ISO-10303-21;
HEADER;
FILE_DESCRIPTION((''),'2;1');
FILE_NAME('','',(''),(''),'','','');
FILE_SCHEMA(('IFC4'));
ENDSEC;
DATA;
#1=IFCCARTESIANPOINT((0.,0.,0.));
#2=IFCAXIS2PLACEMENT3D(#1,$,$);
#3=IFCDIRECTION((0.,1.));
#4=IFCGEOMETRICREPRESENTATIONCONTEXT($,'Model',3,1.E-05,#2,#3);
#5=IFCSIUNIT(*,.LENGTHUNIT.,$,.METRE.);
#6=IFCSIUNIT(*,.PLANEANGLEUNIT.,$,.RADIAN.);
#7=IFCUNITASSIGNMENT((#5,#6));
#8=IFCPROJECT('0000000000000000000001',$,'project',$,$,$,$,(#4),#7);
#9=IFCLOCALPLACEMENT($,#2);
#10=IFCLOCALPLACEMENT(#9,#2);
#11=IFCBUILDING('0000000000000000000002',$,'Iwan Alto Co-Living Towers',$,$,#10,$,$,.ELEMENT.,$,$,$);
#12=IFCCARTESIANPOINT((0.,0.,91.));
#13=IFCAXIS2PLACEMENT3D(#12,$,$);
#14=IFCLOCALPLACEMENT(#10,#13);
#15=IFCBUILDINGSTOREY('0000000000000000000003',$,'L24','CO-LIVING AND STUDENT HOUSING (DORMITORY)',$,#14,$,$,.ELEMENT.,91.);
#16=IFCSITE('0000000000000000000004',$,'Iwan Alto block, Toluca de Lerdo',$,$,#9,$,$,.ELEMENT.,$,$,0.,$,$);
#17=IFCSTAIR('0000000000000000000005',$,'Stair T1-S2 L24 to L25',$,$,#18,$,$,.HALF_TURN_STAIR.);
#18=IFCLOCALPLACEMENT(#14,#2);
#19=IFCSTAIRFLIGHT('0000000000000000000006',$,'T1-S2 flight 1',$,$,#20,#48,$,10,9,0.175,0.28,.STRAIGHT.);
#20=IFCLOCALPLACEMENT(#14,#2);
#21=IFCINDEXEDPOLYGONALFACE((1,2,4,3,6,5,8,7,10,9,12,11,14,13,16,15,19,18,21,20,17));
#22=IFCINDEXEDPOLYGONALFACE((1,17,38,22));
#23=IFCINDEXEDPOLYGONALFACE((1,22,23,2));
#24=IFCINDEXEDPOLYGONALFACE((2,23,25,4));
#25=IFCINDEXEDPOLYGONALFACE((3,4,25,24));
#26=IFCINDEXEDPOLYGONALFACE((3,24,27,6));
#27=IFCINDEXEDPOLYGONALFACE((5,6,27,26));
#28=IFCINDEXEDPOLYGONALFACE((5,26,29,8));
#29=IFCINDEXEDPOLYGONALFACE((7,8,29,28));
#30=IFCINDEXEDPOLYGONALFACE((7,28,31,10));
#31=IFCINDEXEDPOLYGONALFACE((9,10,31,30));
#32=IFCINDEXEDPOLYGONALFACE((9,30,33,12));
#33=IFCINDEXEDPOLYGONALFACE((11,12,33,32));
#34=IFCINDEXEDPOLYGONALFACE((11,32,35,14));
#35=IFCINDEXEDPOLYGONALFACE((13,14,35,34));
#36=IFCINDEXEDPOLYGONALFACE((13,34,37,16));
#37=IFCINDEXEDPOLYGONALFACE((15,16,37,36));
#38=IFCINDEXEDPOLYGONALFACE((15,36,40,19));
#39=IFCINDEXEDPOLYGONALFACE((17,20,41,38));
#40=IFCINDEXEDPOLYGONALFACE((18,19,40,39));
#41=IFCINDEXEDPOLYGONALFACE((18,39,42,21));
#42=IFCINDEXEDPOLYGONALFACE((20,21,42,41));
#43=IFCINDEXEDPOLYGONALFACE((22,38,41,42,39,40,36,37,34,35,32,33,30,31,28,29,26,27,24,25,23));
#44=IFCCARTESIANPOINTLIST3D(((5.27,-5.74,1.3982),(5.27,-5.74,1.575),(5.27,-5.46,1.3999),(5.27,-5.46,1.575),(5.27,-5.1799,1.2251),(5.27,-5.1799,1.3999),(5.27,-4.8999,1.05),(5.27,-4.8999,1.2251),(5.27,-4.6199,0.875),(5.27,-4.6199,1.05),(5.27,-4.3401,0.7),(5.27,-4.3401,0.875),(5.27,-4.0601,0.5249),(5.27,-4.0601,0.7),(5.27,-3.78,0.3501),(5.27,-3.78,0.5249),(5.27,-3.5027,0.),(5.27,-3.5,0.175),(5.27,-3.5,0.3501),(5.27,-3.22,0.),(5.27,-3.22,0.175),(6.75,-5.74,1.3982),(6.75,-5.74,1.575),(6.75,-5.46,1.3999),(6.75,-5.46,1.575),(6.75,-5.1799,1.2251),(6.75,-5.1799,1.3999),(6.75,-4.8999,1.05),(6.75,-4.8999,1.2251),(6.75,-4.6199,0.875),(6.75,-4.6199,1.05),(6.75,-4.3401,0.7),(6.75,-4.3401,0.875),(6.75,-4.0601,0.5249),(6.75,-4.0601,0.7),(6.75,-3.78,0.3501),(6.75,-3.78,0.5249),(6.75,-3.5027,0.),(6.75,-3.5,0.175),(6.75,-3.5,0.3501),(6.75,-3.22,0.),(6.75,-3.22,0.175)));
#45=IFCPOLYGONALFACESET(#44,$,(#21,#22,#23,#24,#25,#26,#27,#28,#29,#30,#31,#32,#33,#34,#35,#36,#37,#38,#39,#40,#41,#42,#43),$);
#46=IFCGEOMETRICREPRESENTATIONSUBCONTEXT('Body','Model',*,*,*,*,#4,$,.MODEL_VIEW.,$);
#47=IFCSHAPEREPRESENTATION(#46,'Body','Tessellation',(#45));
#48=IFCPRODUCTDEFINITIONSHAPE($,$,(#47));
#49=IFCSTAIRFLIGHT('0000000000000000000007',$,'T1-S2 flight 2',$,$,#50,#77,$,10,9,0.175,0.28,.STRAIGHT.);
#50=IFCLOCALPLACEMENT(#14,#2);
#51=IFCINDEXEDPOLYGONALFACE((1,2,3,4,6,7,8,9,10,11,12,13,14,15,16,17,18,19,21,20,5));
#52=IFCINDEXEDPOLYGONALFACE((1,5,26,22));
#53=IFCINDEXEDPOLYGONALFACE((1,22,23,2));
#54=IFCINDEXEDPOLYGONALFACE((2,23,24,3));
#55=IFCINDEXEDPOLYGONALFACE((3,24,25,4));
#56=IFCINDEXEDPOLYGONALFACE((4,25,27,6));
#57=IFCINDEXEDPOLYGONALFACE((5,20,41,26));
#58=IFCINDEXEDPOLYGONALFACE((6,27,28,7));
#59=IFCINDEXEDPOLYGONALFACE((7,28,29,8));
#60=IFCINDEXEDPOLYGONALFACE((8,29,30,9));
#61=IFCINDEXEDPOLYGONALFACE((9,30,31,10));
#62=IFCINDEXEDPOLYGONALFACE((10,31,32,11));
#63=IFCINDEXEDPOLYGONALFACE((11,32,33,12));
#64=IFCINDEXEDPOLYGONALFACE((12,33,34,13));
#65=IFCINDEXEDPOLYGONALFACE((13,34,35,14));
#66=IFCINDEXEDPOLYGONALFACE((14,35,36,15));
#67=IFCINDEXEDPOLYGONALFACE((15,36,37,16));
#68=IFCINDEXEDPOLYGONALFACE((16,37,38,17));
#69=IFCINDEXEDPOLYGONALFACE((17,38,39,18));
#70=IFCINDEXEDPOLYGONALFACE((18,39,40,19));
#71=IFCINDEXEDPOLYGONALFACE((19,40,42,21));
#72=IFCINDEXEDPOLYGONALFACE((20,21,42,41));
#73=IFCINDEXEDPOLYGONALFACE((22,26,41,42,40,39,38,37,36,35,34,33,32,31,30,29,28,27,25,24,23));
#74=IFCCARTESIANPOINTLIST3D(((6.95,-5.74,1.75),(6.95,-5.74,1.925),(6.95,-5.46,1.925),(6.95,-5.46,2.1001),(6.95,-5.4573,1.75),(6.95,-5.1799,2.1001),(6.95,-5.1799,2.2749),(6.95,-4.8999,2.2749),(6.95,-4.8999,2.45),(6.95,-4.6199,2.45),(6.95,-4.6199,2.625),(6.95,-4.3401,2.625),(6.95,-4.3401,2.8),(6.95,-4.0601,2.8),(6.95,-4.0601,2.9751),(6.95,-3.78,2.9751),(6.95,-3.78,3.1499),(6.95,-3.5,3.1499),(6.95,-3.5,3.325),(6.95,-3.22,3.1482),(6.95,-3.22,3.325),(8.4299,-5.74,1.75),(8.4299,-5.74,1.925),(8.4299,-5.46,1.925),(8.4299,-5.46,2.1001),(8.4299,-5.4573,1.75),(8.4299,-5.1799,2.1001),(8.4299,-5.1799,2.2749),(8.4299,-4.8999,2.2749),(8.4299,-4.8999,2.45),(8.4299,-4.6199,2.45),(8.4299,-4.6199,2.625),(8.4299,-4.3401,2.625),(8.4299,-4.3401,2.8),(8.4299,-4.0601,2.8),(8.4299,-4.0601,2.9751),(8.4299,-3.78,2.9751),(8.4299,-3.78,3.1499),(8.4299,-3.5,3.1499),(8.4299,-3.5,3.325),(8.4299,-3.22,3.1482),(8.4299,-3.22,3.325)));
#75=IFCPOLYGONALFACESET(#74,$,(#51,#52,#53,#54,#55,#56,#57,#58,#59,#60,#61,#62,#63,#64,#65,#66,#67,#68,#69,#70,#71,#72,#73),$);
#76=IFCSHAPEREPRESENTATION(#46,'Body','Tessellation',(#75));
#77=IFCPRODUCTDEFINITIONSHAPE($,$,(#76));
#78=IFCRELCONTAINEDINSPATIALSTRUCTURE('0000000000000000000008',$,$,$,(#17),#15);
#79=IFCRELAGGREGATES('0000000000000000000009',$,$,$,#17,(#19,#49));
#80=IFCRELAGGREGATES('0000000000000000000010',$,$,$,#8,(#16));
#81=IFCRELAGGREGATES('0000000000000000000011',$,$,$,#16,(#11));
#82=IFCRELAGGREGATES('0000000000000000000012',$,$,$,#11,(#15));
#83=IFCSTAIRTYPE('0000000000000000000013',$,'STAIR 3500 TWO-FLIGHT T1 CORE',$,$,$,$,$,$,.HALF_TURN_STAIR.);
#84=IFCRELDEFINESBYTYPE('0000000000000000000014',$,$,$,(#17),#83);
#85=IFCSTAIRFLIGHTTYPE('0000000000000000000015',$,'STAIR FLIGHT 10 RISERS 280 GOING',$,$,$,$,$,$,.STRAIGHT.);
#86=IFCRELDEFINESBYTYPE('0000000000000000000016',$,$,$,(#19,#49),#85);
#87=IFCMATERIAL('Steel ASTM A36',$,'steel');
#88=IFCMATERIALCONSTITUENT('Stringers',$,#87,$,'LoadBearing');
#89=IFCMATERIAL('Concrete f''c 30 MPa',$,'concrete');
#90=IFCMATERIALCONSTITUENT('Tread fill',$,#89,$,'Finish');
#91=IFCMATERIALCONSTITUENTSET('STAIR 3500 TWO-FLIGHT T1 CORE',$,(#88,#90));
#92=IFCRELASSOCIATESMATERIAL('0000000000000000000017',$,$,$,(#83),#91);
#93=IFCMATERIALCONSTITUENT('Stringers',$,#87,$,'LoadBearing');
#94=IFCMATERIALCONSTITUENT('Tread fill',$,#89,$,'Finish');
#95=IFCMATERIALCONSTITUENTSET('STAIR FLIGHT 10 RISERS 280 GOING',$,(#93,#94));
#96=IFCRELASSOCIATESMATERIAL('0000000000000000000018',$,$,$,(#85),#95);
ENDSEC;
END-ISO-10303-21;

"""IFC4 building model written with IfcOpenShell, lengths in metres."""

from ifc_helpers import new_model, si_unit, direction, frame, origin, place, context, subcontext, project, spatial, polyline, outline, extrude, material, constituent, constituent_set, type_object, element, aggregate, save


model = new_model("IFC4")

# Units and contexts
model_context = context("Model", 3, precision=1e-05, world=origin(), true_north=direction((0.0, 1.0)))
body_context = subcontext(model_context, "Body", "Model", "MODEL_VIEW")
ifc_project = project(units=[si_unit("LENGTHUNIT", "METRE"), si_unit("PLANEANGLEUNIT", "RADIAN")], contexts=[model_context])

# Site, building, storey
site_placement = place(None, origin())
site = spatial("IfcSite", under=ifc_project, at=site_placement, Name="Iwan Alto block, Toluca de Lerdo", CompositionType="ELEMENT", RefElevation=0.0)
building_placement = place(site_placement, origin())
building = spatial("IfcBuilding", under=site, at=building_placement, Name="Iwan Alto Co-Living Towers", CompositionType="ELEMENT")
storey_placement = place(building_placement, frame((0.0, 0.0, 91.0)))
storey = spatial("IfcBuildingStorey", under=building, at=storey_placement, Name="L24", Description="CO-LIVING AND STUDENT HOUSING (DORMITORY)", CompositionType="ELEMENT", Elevation=91.0)

# Stair, stair flights
ifc_material_1 = material(Name="Steel ASTM A36", Category="steel")
ifc_constituent_1 = constituent(ifc_material_1, Name="Stringers", Category="LoadBearing")
ifc_material_2 = material(Name="Concrete f'c 30 MPa", Category="concrete")
ifc_constituent_2 = constituent(ifc_material_2, Name="Tread fill", Category="Finish")
ifc_constituent_set_1 = constituent_set(constituents=[ifc_constituent_1, ifc_constituent_2], Name="STAIR 3500 TWO-FLIGHT T1 CORE")
stair_type = type_object("IfcStairType", Name="STAIR 3500 TWO-FLIGHT T1 CORE", PredefinedType="HALF_TURN_STAIR", material=ifc_constituent_set_1)
stair_placement = place(storey_placement, origin())
stair = element("IfcStair", 1, at=stair_placement, inside=storey, type_object=stair_type, Name="Stair T1-S2 L24 to L25", PredefinedType="HALF_TURN_STAIR")
ifc_constituent_3 = constituent(ifc_material_1, Name="Stringers", Category="LoadBearing")
ifc_constituent_4 = constituent(ifc_material_2, Name="Tread fill", Category="Finish")
ifc_constituent_set_2 = constituent_set(constituents=[ifc_constituent_3, ifc_constituent_4], Name="STAIR FLIGHT 10 RISERS 280 GOING")
stair_flight_type = type_object("IfcStairFlightType", Name="STAIR FLIGHT 10 RISERS 280 GOING", PredefinedType="STRAIGHT", material=ifc_constituent_set_2)
stair_flight_1_placement = place(storey_placement, frame((6.01, -3.22, 0.0), z_axis=(0.0, 0.0, 1.0), x_axis=(0.0, -1.0, 0.0)))
stair_flight_1 = element("IfcStairFlight", 2, at=stair_flight_1_placement, type_object=stair_flight_type, Name="T1-S2 flight 1", NumberOfRisers=10, NumberOfTreads=9, PredefinedType="STRAIGHT", RiserHeight=0.175, TreadLength=0.28, context=body_context, shape_type="SweptSolid", body=[
    extrude(outline(polyline([(0.0, 0.0), (0.0, 0.175), (0.28, 0.175), (0.28, 0.3501), (0.5601, 0.3501), (0.5601, 0.5249), (0.8401, 0.5249), (0.8401, 0.7), (1.1201, 0.7), (1.1201, 0.875), (1.3999, 0.875), (1.3999, 1.05), (1.6799, 1.05), (1.6799, 1.2251), (1.96, 1.2251), (1.96, 1.3999), (2.24, 1.3999), (2.24, 1.575), (2.52, 1.575), (2.52, 1.75), (2.52, 1.3982), (0.2827, 0.0), (0.0, 0.0)])), frame((0.0, 0.74, 0.0), z_axis=(0.0, -1.0, 0.0), x_axis=(1.0, 0.0, 0.0)), (0.0, 0.0, 1.0), 1.48),
])
stair_flight_2_placement = place(storey_placement, frame((7.6899, -5.74, 1.75), z_axis=(0.0, 0.0, 1.0), x_axis=(0.0, 1.0, 0.0)))
stair_flight_2 = element("IfcStairFlight", 3, at=stair_flight_2_placement, type_object=stair_flight_type, Name="T1-S2 flight 2", NumberOfRisers=10, NumberOfTreads=9, PredefinedType="STRAIGHT", RiserHeight=0.175, TreadLength=0.28, context=body_context, shape_type="SweptSolid", body=[
    extrude(outline(polyline([(0.0, 0.0), (0.0, 0.175), (0.28, 0.175), (0.28, 0.3501), (0.5601, 0.3501), (0.5601, 0.5249), (0.8401, 0.5249), (0.8401, 0.7), (1.1201, 0.7), (1.1201, 0.875), (1.3999, 0.875), (1.3999, 1.05), (1.6799, 1.05), (1.6799, 1.2251), (1.96, 1.2251), (1.96, 1.3999), (2.24, 1.3999), (2.24, 1.575), (2.52, 1.575), (2.52, 1.75), (2.52, 1.3982), (0.2827, 0.0), (0.0, 0.0)])), frame((0.0, 0.74, 0.0), z_axis=(0.0, -1.0, 0.0), x_axis=(1.0, 0.0, 0.0)), (0.0, 0.0, 1.0), 1.48),
])
aggregate(stair, [stair_flight_1, stair_flight_2])

save(model, "model.ifc")
